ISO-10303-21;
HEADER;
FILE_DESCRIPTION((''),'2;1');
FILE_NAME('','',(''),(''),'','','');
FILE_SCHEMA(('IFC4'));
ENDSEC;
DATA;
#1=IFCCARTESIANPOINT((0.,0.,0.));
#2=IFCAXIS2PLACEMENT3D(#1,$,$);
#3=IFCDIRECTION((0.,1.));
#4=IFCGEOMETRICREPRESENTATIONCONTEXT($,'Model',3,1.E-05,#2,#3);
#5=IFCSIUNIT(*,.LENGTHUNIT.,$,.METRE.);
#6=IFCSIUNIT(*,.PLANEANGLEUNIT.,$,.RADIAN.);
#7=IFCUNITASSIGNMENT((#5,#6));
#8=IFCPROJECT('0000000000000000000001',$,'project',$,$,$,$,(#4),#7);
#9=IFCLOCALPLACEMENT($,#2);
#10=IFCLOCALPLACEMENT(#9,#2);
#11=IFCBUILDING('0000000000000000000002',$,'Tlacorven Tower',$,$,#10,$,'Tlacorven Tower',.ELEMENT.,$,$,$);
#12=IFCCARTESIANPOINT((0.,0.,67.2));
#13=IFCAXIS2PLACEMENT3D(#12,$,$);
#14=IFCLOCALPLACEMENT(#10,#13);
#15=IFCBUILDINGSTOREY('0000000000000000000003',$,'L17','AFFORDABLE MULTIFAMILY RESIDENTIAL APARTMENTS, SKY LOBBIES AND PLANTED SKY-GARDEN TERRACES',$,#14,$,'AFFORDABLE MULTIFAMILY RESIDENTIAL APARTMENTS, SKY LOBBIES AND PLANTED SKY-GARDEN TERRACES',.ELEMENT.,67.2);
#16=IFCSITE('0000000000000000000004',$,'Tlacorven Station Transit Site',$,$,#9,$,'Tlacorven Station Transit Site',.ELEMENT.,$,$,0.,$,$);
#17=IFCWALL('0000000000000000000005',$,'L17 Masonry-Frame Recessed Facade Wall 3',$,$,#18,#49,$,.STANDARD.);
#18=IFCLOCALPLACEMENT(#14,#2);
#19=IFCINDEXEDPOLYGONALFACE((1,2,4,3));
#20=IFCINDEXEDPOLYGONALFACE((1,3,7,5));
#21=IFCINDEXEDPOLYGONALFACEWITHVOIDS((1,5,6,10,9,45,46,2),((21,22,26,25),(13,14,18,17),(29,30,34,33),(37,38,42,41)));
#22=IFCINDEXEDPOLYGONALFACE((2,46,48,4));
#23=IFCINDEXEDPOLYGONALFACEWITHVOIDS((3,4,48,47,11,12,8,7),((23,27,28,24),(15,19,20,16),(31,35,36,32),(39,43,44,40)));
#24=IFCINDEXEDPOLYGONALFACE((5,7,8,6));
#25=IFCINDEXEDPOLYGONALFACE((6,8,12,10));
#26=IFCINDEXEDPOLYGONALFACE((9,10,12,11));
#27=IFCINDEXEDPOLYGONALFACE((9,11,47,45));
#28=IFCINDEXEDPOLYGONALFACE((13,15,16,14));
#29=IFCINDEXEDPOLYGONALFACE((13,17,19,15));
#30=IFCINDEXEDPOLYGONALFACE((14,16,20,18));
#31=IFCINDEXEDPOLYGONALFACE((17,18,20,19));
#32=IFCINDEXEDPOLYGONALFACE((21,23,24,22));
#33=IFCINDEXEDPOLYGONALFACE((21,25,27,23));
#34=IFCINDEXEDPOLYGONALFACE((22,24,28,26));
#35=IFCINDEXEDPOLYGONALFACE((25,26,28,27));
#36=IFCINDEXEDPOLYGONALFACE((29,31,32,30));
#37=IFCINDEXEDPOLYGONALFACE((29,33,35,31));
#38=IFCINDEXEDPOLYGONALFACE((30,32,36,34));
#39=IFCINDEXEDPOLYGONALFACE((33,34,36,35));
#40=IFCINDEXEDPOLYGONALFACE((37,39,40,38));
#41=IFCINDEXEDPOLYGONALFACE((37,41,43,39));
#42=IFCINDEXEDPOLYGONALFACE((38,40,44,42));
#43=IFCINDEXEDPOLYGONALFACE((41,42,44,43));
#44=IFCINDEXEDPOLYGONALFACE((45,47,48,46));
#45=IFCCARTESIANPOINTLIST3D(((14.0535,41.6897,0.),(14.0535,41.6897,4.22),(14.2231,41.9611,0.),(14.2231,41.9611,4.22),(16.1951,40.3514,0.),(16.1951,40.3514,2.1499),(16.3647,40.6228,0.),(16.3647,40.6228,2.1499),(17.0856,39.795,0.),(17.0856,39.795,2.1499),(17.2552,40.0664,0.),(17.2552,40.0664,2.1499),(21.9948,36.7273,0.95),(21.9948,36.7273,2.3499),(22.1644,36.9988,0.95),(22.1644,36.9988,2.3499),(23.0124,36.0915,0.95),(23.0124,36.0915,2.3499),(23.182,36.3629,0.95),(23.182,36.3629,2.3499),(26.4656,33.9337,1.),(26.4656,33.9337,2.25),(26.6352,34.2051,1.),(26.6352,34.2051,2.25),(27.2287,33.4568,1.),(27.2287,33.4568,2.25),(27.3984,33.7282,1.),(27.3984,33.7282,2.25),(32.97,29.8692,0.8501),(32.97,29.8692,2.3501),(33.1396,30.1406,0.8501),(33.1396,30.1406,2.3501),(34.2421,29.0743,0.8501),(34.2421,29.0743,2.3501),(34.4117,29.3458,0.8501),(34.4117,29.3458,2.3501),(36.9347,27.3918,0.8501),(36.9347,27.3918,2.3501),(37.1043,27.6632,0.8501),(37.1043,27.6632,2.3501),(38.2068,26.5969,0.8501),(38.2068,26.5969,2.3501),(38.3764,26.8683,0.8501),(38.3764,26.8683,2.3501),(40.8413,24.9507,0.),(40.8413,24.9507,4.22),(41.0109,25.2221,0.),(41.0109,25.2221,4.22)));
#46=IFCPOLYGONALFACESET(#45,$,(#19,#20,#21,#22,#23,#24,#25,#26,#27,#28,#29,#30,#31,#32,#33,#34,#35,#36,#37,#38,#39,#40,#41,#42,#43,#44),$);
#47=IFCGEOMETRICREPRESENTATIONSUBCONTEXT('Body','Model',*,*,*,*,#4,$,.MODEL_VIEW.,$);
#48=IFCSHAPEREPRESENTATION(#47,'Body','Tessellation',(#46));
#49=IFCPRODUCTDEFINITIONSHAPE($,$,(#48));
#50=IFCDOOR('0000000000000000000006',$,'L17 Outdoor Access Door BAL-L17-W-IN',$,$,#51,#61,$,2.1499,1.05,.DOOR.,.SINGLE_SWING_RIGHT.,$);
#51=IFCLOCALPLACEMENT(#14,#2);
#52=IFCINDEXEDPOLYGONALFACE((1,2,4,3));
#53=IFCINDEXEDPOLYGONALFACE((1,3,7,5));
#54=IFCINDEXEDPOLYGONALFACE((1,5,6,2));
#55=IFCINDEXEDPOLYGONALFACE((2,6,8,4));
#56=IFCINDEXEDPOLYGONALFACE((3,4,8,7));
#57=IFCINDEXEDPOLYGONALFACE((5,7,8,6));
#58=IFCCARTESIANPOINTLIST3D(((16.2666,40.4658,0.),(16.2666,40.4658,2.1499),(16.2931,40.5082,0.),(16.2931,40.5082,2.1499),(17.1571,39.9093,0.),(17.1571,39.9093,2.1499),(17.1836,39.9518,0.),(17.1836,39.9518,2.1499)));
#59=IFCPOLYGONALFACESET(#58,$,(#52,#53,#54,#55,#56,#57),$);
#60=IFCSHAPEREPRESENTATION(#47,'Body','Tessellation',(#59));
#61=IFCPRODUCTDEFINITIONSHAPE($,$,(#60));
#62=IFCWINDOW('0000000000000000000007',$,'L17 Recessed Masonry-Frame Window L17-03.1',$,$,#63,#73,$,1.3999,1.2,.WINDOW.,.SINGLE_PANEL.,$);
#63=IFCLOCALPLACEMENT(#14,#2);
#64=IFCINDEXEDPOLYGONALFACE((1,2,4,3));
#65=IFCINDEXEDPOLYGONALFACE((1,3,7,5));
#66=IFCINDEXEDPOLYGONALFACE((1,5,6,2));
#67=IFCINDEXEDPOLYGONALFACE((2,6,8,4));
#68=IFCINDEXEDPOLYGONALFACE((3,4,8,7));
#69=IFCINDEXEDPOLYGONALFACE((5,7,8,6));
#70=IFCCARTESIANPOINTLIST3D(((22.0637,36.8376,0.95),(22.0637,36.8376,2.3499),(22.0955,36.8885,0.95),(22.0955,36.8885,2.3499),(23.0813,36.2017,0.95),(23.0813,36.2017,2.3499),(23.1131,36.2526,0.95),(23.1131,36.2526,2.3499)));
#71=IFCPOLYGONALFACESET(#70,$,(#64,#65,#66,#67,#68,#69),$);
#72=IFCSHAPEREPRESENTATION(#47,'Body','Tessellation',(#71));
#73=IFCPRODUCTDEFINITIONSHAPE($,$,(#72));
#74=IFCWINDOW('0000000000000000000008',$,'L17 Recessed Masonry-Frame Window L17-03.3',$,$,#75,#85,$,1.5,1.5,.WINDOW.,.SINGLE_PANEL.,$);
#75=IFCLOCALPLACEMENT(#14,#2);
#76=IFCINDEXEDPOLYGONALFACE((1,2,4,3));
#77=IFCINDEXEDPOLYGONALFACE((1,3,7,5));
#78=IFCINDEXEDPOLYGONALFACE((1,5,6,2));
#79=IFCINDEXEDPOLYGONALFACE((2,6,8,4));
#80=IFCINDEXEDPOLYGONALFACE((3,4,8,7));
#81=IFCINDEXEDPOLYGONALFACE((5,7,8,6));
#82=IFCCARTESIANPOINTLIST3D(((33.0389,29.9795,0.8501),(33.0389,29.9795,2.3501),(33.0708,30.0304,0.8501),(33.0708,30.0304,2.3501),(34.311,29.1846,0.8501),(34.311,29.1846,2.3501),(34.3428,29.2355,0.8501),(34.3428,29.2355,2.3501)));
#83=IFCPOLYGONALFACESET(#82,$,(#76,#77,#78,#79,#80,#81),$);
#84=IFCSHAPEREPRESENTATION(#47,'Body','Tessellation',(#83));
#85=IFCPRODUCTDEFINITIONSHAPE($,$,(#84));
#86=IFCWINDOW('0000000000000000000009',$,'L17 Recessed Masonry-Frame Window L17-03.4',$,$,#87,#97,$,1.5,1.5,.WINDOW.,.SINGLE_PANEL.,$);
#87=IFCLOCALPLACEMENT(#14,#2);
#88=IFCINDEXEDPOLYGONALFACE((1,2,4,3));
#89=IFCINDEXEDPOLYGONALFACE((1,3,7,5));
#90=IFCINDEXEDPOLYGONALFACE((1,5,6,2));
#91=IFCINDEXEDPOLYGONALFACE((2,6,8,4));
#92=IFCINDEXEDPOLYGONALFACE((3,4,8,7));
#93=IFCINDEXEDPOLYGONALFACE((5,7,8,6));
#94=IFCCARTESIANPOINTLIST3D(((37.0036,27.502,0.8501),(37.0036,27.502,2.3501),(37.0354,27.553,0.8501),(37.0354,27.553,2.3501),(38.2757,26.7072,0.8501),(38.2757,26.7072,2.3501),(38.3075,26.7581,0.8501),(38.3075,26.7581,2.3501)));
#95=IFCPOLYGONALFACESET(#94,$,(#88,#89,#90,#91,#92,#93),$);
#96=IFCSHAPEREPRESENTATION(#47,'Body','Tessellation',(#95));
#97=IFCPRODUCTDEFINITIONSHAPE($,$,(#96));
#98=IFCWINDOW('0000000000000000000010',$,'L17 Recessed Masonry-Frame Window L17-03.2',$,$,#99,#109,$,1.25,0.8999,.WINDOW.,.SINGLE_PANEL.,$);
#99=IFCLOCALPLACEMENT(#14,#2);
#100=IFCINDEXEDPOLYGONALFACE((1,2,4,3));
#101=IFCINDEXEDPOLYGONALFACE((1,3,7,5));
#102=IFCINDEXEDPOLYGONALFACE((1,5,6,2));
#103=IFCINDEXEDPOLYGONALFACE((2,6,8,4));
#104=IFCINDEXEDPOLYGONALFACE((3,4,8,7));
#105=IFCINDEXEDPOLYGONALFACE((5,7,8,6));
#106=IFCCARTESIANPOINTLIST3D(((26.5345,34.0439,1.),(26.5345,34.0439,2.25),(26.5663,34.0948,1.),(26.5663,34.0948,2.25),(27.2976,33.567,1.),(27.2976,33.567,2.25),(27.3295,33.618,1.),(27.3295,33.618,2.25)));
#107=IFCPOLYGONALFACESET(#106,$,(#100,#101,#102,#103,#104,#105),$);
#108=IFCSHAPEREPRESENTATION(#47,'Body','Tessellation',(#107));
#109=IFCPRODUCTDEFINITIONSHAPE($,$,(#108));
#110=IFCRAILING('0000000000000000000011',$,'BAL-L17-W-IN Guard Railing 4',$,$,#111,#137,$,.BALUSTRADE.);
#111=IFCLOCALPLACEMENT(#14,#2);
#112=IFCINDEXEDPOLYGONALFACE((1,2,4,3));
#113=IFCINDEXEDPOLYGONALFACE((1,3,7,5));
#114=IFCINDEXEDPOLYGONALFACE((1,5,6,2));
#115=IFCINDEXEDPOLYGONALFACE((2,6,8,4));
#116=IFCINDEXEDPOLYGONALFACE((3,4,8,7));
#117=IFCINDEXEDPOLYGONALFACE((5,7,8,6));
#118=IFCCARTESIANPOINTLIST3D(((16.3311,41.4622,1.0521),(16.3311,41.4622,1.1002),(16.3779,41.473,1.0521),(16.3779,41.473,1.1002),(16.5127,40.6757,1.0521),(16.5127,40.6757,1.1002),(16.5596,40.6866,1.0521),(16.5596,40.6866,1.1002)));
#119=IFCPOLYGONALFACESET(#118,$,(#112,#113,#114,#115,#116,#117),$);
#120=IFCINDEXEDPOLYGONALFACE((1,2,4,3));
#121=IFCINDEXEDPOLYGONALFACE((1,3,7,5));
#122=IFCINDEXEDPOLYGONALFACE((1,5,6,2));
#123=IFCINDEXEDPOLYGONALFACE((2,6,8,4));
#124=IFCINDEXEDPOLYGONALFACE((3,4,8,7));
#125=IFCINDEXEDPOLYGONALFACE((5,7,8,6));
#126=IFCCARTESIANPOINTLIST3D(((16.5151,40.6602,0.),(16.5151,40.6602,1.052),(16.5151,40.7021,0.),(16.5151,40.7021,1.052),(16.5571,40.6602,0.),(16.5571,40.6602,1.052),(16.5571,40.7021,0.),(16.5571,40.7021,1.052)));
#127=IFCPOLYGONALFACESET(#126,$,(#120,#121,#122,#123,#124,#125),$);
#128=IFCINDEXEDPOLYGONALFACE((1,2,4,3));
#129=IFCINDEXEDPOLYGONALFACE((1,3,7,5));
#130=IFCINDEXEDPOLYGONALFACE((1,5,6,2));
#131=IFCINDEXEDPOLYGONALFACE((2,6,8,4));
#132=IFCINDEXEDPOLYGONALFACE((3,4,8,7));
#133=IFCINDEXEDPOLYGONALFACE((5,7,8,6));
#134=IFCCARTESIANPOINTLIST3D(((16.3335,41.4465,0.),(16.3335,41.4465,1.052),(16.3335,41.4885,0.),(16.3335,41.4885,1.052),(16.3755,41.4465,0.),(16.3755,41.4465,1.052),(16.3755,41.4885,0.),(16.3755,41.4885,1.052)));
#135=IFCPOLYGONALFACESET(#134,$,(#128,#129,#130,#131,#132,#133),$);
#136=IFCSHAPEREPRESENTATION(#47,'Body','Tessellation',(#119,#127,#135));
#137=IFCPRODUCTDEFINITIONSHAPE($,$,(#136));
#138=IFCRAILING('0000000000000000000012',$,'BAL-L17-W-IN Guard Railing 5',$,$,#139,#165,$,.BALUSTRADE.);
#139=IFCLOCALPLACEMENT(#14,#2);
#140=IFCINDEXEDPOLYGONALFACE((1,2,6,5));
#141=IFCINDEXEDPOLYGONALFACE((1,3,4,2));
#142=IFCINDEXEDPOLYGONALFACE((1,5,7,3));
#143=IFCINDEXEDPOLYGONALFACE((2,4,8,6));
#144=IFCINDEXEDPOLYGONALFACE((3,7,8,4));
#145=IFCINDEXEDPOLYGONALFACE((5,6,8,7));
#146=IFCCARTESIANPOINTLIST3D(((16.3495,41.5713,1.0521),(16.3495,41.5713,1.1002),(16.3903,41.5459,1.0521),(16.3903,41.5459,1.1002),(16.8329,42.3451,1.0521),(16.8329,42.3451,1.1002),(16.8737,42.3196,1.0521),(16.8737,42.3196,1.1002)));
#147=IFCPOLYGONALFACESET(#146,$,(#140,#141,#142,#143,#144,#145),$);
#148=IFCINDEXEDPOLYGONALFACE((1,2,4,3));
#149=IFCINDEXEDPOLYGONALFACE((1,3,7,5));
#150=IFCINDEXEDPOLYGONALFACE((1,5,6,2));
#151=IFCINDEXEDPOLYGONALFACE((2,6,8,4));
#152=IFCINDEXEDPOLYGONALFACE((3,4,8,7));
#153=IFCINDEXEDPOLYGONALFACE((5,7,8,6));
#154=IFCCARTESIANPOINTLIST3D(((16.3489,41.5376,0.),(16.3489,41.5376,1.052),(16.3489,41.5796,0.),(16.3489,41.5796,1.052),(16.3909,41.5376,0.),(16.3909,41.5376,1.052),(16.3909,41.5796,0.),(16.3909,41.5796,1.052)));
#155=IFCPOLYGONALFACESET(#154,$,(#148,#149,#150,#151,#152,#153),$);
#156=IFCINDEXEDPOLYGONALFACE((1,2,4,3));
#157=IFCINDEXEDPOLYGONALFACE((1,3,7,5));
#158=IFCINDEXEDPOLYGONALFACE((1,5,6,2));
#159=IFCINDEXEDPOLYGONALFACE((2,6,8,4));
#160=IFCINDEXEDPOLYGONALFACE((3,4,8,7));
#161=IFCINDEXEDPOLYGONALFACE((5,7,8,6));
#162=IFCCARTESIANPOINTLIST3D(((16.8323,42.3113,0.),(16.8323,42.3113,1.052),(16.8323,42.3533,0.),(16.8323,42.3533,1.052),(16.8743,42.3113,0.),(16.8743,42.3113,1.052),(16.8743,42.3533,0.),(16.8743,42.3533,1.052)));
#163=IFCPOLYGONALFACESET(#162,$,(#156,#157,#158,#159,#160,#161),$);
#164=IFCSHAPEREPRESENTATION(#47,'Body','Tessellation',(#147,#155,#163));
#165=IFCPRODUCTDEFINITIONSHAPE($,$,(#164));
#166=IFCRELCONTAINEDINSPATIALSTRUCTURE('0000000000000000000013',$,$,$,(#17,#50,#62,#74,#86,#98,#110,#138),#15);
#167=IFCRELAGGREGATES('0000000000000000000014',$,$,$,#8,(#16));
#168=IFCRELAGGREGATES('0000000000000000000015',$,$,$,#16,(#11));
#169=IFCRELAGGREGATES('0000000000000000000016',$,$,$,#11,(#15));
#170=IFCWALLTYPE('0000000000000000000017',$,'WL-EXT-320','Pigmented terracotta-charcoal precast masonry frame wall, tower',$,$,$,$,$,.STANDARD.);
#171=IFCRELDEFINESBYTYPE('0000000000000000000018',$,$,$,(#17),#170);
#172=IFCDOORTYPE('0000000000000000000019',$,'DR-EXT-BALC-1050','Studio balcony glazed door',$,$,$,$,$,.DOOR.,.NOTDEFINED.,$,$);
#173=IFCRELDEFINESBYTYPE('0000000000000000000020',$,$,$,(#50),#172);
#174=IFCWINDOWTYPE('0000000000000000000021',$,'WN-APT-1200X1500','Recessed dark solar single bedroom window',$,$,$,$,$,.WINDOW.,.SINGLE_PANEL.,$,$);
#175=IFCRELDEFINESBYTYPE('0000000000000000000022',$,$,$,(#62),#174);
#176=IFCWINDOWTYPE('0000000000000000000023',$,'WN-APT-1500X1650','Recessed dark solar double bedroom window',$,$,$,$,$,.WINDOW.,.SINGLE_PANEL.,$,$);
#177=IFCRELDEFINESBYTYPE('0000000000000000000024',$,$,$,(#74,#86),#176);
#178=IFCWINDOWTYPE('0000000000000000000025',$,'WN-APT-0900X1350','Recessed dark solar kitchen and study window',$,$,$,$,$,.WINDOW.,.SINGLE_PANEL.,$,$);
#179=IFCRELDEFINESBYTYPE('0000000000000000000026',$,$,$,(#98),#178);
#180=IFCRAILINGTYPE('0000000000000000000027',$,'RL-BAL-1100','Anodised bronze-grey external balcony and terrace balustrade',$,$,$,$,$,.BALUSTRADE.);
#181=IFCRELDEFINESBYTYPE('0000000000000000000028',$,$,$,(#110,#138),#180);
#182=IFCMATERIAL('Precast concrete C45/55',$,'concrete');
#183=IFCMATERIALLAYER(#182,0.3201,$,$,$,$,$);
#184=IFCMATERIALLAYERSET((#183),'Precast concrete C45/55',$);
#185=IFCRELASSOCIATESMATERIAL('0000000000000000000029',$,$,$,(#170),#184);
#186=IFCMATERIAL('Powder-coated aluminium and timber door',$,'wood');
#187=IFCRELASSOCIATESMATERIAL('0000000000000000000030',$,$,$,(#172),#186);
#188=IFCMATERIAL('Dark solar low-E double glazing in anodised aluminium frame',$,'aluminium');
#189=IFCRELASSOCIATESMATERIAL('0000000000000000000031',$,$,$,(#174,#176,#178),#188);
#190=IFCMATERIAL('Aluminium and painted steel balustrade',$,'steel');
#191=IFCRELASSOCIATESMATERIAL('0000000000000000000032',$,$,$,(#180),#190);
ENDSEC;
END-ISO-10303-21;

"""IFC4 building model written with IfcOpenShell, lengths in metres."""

from ifc_helpers import new_model, si_unit, direction, frame, frame_2d, origin, origin_2d, place, context, subcontext, project, spatial, rectangle, extrude, source, transform, mapped, material, layer, layer_set, type_object, element, fill, save


model = new_model("IFC4")

# Units and contexts
model_context = context("Model", 3, precision=1e-05, world=origin(), true_north=direction((0.0, 1.0)))
body_context = subcontext(model_context, "Body", "Model", "MODEL_VIEW")
ifc_project = project(units=[si_unit("LENGTHUNIT", "METRE"), si_unit("PLANEANGLEUNIT", "RADIAN")], contexts=[model_context])

# Site, building, storey
site_placement = place(None, origin())
site = spatial("IfcSite", under=ifc_project, at=site_placement, Name="Tlacorven Station Transit Site", LongName="Tlacorven Station Transit Site", CompositionType="ELEMENT", RefElevation=0.0)
building_placement = place(site_placement, origin())
building = spatial("IfcBuilding", under=site, at=building_placement, Name="Tlacorven Tower", LongName="Tlacorven Tower", CompositionType="ELEMENT")
storey_placement = place(building_placement, frame((0.0, 0.0, 67.2)))
storey = spatial("IfcBuildingStorey", under=building, at=storey_placement, Name="L17", Description="AFFORDABLE MULTIFAMILY RESIDENTIAL APARTMENTS, SKY LOBBIES AND PLANTED SKY-GARDEN TERRACES", LongName="AFFORDABLE MULTIFAMILY RESIDENTIAL APARTMENTS, SKY LOBBIES AND PLANTED SKY-GARDEN TERRACES", CompositionType="ELEMENT", Elevation=67.2)

# Wall, openings, door, windows
ifc_material_1 = material(Name="Precast concrete C45/55", Category="concrete")
ifc_layer_1 = layer(ifc_material_1, 0.3201)
ifc_layer_set_1 = layer_set([ifc_layer_1], Name="Precast concrete C45/55")
wall_type_1 = type_object("IfcWallType", Name="WL-EXT-320", Description="Pigmented terracotta-charcoal precast masonry frame wall, tower", PredefinedType="STANDARD", material=ifc_layer_set_1)
wall_1_placement = place(storey_placement, frame((14.1382, 41.8254, 0.0), z_axis=(0.0, 0.0, 1.0), x_axis=(0.848046, -0.529922, 0.0)))
wall_1 = element("IfcWall", 1, at=wall_1_placement, inside=storey, type_object=wall_type_1, Name="L17 Masonry-Frame Recessed Facade Wall 3", PredefinedType="STANDARD", context=body_context, shape_type="SweptSolid", body=[
    extrude(rectangle(XDim=31.5876, YDim=0.3201, at=frame_2d((15.7939, 0.0))), origin(), (0.0, 0.0, 1.0), 4.22),
])
opening_1_placement = place(wall_1_placement, frame((2.5256, 0.0, 0.0)))
opening_1 = element("IfcOpeningElement", 2, at=opening_1_placement, cuts=wall_1, PredefinedType="OPENING", context=body_context, shape_type="SweptSolid", body=[
    extrude(rectangle(XDim=1.05, YDim=2.1499, at=frame_2d((0.5249, 1.075))), frame((0.0, 0.1699, 0.0), z_axis=(0.0, -1.0, 0.0), x_axis=(1.0, 0.0, 0.0)), (0.0, 0.0, 1.0), 0.3401),
])
opening_2_placement = place(wall_1_placement, frame((9.3643, 0.0, 0.95)))
opening_2 = element("IfcOpeningElement", 3, at=opening_2_placement, cuts=wall_1, PredefinedType="OPENING", context=body_context, shape_type="SweptSolid", body=[
    extrude(rectangle(XDim=1.2, YDim=1.3999, at=frame_2d((0.6001, 0.7))), frame((0.0, 0.1699, 0.0), z_axis=(0.0, -1.0, 0.0), x_axis=(1.0, 0.0, 0.0)), (0.0, 0.0, 1.0), 0.3401),
])
opening_3_placement = place(wall_1_placement, frame((14.6362, 0.0, 1.0)))
opening_3 = element("IfcOpeningElement", 4, at=opening_3_placement, cuts=wall_1, PredefinedType="OPENING", context=body_context, shape_type="SweptSolid", body=[
    extrude(rectangle(XDim=0.8999, YDim=1.25, at=frame_2d((0.45, 0.625))), frame((0.0, 0.1699, 0.0), z_axis=(0.0, -1.0, 0.0), x_axis=(1.0, 0.0, 0.0)), (0.0, 0.0, 1.0), 0.3401),
])
opening_4_placement = place(wall_1_placement, frame((22.3062, 0.0, 0.8501)))
opening_4 = element("IfcOpeningElement", 5, at=opening_4_placement, cuts=wall_1, PredefinedType="OPENING", context=body_context, shape_type="SweptSolid", body=[
    extrude(rectangle(XDim=1.5, YDim=1.5, at=frame_2d((0.75, 0.75))), frame((0.0, 0.1699, 0.0), z_axis=(0.0, -1.0, 0.0), x_axis=(1.0, 0.0, 0.0)), (0.0, 0.0, 1.0), 0.3401),
])
opening_5_placement = place(wall_1_placement, frame((26.9812, 0.0, 0.8501)))
opening_5 = element("IfcOpeningElement", 6, at=opening_5_placement, cuts=wall_1, PredefinedType="OPENING", context=body_context, shape_type="SweptSolid", body=[
    extrude(rectangle(XDim=1.5, YDim=1.5, at=frame_2d((0.75, 0.75))), frame((0.0, 0.1699, 0.0), z_axis=(0.0, -1.0, 0.0), x_axis=(1.0, 0.0, 0.0)), (0.0, 0.0, 1.0), 0.3401),
])
ifc_material_2 = material(Name="Powder-coated aluminium and timber door", Category="wood")
door_type = type_object("IfcDoorType", Name="DR-EXT-BALC-1050", Description="Studio balcony glazed door", OperationType="NOTDEFINED", PredefinedType="DOOR", material=ifc_material_2)
shared_shape_1 = source(origin(), body_context, "Body", "SweptSolid", [
    extrude(rectangle(XDim=1.05, YDim=2.1499, at=frame_2d((0.5249, 1.075))), frame((0.0, 0.0249, 0.0), z_axis=(0.0, -1.0, 0.0), x_axis=(1.0, 0.0, 0.0)), (0.0, 0.0, 1.0), 0.05),
])
door_placement = place(opening_1_placement, origin())
door = element("IfcDoor", 7, at=door_placement, inside=storey, type_object=door_type, Name="L17 Outdoor Access Door BAL-L17-W-IN", OperationType="SINGLE_SWING_RIGHT", OverallHeight=2.1499, OverallWidth=1.05, PredefinedType="DOOR", context=body_context, shape_type="MappedRepresentation", body=[
    mapped(shared_shape_1, transform((0.0, 0.0, 0.0), scale=1.0)),
])
fill(opening_1, door)
ifc_material_3 = material(Name="Dark solar low-E double glazing in anodised aluminium frame", Category="aluminium")
window_type_1 = type_object("IfcWindowType", Name="WN-APT-1200X1500", Description="Recessed dark solar single bedroom window", PartitioningType="SINGLE_PANEL", PredefinedType="WINDOW", material=ifc_material_3)
shared_shape_2 = source(origin(), body_context, "Body", "SweptSolid", [
    extrude(rectangle(XDim=1.2, YDim=1.3999, at=frame_2d((0.6001, 0.7))), frame((0.0, 0.03, 0.0), z_axis=(0.0, -1.0, 0.0), x_axis=(1.0, 0.0, 0.0)), (0.0, 0.0, 1.0), 0.0601),
])
window_1_placement = place(opening_2_placement, origin())
window_1 = element("IfcWindow", 8, at=window_1_placement, inside=storey, type_object=window_type_1, Name="L17 Recessed Masonry-Frame Window L17-03.1", OverallHeight=1.3999, OverallWidth=1.2, PartitioningType="SINGLE_PANEL", PredefinedType="WINDOW", context=body_context, shape_type="MappedRepresentation", body=[
    mapped(shared_shape_2, transform((0.0, 0.0, 0.0), scale=1.0)),
])
fill(opening_2, window_1)
window_type_2 = type_object("IfcWindowType", Name="WN-APT-1500X1650", Description="Recessed dark solar double bedroom window", PartitioningType="SINGLE_PANEL", PredefinedType="WINDOW", material=ifc_material_3)
shared_shape_3 = source(origin(), body_context, "Body", "SweptSolid", [
    extrude(rectangle(XDim=1.5, YDim=1.5, at=frame_2d((0.75, 0.75))), frame((0.0, 0.03, 0.0), z_axis=(0.0, -1.0, 0.0), x_axis=(1.0, 0.0, 0.0)), (0.0, 0.0, 1.0), 0.0601),
])
window_2_placement = place(opening_4_placement, origin())
window_2 = element("IfcWindow", 9, at=window_2_placement, inside=storey, type_object=window_type_2, Name="L17 Recessed Masonry-Frame Window L17-03.3", OverallHeight=1.5, OverallWidth=1.5, PartitioningType="SINGLE_PANEL", PredefinedType="WINDOW", context=body_context, shape_type="MappedRepresentation", body=[
    mapped(shared_shape_3, transform((0.0, 0.0, 0.0), scale=1.0)),
])
fill(opening_4, window_2)
window_3_placement = place(opening_5_placement, origin())
window_3 = element("IfcWindow", 10, at=window_3_placement, inside=storey, type_object=window_type_2, Name="L17 Recessed Masonry-Frame Window L17-03.4", OverallHeight=1.5, OverallWidth=1.5, PartitioningType="SINGLE_PANEL", PredefinedType="WINDOW", context=body_context, shape_type="MappedRepresentation", body=[
    mapped(shared_shape_3, transform((0.0, 0.0, 0.0), scale=1.0)),
])
fill(opening_5, window_3)
window_type_3 = type_object("IfcWindowType", Name="WN-APT-0900X1350", Description="Recessed dark solar kitchen and study window", PartitioningType="SINGLE_PANEL", PredefinedType="WINDOW", material=ifc_material_3)
shared_shape_4 = source(origin(), body_context, "Body", "SweptSolid", [
    extrude(rectangle(XDim=0.8999, YDim=1.25, at=frame_2d((0.45, 0.625))), frame((0.0, 0.03, 0.0), z_axis=(0.0, -1.0, 0.0), x_axis=(1.0, 0.0, 0.0)), (0.0, 0.0, 1.0), 0.0601),
])
window_4_placement = place(opening_3_placement, origin())
window_4 = element("IfcWindow", 11, at=window_4_placement, inside=storey, type_object=window_type_3, Name="L17 Recessed Masonry-Frame Window L17-03.2", OverallHeight=1.25, OverallWidth=0.8999, PartitioningType="SINGLE_PANEL", PredefinedType="WINDOW", context=body_context, shape_type="MappedRepresentation", body=[
    mapped(shared_shape_4, transform((0.0, 0.0, 0.0), scale=1.0)),
])
fill(opening_3, window_4)

# Railings
ifc_material_4 = material(Name="Aluminium and painted steel balustrade", Category="steel")
railing_type = type_object("IfcRailingType", Name="RL-BAL-1100", Description="Anodised bronze-grey external balcony and terrace balustrade", PredefinedType="BALUSTRADE", material=ifc_material_4)
shared_shape_5 = source(origin(), body_context, "Body", "SweptSolid", [
    extrude(rectangle(XDim=0.0481, YDim=0.0481, at=origin_2d()), frame((0.0, 0.0, 1.0762), z_axis=(-0.225058, 0.974345, 0.0), x_axis=(-0.974345, -0.225058, 0.0)), (0.0, 0.0, 1.0), 0.8071),
    extrude(rectangle(XDim=0.042, YDim=0.042, at=origin_2d()), origin(), (0.0, 0.0, 1.0), 1.052),
    extrude(rectangle(XDim=0.042, YDim=0.042, at=origin_2d()), frame((-0.1816, 0.7864, 0.0)), (0.0, 0.0, 1.0), 1.052),
])
railing_1_placement = place(storey_placement, frame((16.5361, 40.6812, 0.0)))
element("IfcRailing", 12, at=railing_1_placement, inside=storey, type_object=railing_type, Name="BAL-L17-W-IN Guard Railing 4", PredefinedType="BALUSTRADE", context=body_context, shape_type="MappedRepresentation", body=[
    mapped(shared_shape_5, transform((0.0, 0.0, 0.0), scale=1.0)),
])
shared_shape_6 = source(origin(), body_context, "Body", "SweptSolid", [
    extrude(rectangle(XDim=0.0481, YDim=0.0481, at=origin_2d()), frame((0.0, 0.0, 1.0762), z_axis=(0.529879, 0.848073, 0.0), x_axis=(-0.848073, 0.529879, 0.0)), (0.0, 0.0, 1.0), 0.9124),
    extrude(rectangle(XDim=0.042, YDim=0.042, at=origin_2d()), origin(), (0.0, 0.0, 1.0), 1.052),
    extrude(rectangle(XDim=0.042, YDim=0.042, at=origin_2d()), frame((0.4834, 0.7737, 0.0)), (0.0, 0.0, 1.0), 1.052),
])
railing_2_placement = place(storey_placement, frame((16.3699, 41.5586, 0.0)))
element("IfcRailing", 13, at=railing_2_placement, inside=storey, type_object=railing_type, Name="BAL-L17-W-IN Guard Railing 5", PredefinedType="BALUSTRADE", context=body_context, shape_type="MappedRepresentation", body=[
    mapped(shared_shape_6, transform((0.0, 0.0, 0.0), scale=1.0)),
])

save(model, "model.ifc")
